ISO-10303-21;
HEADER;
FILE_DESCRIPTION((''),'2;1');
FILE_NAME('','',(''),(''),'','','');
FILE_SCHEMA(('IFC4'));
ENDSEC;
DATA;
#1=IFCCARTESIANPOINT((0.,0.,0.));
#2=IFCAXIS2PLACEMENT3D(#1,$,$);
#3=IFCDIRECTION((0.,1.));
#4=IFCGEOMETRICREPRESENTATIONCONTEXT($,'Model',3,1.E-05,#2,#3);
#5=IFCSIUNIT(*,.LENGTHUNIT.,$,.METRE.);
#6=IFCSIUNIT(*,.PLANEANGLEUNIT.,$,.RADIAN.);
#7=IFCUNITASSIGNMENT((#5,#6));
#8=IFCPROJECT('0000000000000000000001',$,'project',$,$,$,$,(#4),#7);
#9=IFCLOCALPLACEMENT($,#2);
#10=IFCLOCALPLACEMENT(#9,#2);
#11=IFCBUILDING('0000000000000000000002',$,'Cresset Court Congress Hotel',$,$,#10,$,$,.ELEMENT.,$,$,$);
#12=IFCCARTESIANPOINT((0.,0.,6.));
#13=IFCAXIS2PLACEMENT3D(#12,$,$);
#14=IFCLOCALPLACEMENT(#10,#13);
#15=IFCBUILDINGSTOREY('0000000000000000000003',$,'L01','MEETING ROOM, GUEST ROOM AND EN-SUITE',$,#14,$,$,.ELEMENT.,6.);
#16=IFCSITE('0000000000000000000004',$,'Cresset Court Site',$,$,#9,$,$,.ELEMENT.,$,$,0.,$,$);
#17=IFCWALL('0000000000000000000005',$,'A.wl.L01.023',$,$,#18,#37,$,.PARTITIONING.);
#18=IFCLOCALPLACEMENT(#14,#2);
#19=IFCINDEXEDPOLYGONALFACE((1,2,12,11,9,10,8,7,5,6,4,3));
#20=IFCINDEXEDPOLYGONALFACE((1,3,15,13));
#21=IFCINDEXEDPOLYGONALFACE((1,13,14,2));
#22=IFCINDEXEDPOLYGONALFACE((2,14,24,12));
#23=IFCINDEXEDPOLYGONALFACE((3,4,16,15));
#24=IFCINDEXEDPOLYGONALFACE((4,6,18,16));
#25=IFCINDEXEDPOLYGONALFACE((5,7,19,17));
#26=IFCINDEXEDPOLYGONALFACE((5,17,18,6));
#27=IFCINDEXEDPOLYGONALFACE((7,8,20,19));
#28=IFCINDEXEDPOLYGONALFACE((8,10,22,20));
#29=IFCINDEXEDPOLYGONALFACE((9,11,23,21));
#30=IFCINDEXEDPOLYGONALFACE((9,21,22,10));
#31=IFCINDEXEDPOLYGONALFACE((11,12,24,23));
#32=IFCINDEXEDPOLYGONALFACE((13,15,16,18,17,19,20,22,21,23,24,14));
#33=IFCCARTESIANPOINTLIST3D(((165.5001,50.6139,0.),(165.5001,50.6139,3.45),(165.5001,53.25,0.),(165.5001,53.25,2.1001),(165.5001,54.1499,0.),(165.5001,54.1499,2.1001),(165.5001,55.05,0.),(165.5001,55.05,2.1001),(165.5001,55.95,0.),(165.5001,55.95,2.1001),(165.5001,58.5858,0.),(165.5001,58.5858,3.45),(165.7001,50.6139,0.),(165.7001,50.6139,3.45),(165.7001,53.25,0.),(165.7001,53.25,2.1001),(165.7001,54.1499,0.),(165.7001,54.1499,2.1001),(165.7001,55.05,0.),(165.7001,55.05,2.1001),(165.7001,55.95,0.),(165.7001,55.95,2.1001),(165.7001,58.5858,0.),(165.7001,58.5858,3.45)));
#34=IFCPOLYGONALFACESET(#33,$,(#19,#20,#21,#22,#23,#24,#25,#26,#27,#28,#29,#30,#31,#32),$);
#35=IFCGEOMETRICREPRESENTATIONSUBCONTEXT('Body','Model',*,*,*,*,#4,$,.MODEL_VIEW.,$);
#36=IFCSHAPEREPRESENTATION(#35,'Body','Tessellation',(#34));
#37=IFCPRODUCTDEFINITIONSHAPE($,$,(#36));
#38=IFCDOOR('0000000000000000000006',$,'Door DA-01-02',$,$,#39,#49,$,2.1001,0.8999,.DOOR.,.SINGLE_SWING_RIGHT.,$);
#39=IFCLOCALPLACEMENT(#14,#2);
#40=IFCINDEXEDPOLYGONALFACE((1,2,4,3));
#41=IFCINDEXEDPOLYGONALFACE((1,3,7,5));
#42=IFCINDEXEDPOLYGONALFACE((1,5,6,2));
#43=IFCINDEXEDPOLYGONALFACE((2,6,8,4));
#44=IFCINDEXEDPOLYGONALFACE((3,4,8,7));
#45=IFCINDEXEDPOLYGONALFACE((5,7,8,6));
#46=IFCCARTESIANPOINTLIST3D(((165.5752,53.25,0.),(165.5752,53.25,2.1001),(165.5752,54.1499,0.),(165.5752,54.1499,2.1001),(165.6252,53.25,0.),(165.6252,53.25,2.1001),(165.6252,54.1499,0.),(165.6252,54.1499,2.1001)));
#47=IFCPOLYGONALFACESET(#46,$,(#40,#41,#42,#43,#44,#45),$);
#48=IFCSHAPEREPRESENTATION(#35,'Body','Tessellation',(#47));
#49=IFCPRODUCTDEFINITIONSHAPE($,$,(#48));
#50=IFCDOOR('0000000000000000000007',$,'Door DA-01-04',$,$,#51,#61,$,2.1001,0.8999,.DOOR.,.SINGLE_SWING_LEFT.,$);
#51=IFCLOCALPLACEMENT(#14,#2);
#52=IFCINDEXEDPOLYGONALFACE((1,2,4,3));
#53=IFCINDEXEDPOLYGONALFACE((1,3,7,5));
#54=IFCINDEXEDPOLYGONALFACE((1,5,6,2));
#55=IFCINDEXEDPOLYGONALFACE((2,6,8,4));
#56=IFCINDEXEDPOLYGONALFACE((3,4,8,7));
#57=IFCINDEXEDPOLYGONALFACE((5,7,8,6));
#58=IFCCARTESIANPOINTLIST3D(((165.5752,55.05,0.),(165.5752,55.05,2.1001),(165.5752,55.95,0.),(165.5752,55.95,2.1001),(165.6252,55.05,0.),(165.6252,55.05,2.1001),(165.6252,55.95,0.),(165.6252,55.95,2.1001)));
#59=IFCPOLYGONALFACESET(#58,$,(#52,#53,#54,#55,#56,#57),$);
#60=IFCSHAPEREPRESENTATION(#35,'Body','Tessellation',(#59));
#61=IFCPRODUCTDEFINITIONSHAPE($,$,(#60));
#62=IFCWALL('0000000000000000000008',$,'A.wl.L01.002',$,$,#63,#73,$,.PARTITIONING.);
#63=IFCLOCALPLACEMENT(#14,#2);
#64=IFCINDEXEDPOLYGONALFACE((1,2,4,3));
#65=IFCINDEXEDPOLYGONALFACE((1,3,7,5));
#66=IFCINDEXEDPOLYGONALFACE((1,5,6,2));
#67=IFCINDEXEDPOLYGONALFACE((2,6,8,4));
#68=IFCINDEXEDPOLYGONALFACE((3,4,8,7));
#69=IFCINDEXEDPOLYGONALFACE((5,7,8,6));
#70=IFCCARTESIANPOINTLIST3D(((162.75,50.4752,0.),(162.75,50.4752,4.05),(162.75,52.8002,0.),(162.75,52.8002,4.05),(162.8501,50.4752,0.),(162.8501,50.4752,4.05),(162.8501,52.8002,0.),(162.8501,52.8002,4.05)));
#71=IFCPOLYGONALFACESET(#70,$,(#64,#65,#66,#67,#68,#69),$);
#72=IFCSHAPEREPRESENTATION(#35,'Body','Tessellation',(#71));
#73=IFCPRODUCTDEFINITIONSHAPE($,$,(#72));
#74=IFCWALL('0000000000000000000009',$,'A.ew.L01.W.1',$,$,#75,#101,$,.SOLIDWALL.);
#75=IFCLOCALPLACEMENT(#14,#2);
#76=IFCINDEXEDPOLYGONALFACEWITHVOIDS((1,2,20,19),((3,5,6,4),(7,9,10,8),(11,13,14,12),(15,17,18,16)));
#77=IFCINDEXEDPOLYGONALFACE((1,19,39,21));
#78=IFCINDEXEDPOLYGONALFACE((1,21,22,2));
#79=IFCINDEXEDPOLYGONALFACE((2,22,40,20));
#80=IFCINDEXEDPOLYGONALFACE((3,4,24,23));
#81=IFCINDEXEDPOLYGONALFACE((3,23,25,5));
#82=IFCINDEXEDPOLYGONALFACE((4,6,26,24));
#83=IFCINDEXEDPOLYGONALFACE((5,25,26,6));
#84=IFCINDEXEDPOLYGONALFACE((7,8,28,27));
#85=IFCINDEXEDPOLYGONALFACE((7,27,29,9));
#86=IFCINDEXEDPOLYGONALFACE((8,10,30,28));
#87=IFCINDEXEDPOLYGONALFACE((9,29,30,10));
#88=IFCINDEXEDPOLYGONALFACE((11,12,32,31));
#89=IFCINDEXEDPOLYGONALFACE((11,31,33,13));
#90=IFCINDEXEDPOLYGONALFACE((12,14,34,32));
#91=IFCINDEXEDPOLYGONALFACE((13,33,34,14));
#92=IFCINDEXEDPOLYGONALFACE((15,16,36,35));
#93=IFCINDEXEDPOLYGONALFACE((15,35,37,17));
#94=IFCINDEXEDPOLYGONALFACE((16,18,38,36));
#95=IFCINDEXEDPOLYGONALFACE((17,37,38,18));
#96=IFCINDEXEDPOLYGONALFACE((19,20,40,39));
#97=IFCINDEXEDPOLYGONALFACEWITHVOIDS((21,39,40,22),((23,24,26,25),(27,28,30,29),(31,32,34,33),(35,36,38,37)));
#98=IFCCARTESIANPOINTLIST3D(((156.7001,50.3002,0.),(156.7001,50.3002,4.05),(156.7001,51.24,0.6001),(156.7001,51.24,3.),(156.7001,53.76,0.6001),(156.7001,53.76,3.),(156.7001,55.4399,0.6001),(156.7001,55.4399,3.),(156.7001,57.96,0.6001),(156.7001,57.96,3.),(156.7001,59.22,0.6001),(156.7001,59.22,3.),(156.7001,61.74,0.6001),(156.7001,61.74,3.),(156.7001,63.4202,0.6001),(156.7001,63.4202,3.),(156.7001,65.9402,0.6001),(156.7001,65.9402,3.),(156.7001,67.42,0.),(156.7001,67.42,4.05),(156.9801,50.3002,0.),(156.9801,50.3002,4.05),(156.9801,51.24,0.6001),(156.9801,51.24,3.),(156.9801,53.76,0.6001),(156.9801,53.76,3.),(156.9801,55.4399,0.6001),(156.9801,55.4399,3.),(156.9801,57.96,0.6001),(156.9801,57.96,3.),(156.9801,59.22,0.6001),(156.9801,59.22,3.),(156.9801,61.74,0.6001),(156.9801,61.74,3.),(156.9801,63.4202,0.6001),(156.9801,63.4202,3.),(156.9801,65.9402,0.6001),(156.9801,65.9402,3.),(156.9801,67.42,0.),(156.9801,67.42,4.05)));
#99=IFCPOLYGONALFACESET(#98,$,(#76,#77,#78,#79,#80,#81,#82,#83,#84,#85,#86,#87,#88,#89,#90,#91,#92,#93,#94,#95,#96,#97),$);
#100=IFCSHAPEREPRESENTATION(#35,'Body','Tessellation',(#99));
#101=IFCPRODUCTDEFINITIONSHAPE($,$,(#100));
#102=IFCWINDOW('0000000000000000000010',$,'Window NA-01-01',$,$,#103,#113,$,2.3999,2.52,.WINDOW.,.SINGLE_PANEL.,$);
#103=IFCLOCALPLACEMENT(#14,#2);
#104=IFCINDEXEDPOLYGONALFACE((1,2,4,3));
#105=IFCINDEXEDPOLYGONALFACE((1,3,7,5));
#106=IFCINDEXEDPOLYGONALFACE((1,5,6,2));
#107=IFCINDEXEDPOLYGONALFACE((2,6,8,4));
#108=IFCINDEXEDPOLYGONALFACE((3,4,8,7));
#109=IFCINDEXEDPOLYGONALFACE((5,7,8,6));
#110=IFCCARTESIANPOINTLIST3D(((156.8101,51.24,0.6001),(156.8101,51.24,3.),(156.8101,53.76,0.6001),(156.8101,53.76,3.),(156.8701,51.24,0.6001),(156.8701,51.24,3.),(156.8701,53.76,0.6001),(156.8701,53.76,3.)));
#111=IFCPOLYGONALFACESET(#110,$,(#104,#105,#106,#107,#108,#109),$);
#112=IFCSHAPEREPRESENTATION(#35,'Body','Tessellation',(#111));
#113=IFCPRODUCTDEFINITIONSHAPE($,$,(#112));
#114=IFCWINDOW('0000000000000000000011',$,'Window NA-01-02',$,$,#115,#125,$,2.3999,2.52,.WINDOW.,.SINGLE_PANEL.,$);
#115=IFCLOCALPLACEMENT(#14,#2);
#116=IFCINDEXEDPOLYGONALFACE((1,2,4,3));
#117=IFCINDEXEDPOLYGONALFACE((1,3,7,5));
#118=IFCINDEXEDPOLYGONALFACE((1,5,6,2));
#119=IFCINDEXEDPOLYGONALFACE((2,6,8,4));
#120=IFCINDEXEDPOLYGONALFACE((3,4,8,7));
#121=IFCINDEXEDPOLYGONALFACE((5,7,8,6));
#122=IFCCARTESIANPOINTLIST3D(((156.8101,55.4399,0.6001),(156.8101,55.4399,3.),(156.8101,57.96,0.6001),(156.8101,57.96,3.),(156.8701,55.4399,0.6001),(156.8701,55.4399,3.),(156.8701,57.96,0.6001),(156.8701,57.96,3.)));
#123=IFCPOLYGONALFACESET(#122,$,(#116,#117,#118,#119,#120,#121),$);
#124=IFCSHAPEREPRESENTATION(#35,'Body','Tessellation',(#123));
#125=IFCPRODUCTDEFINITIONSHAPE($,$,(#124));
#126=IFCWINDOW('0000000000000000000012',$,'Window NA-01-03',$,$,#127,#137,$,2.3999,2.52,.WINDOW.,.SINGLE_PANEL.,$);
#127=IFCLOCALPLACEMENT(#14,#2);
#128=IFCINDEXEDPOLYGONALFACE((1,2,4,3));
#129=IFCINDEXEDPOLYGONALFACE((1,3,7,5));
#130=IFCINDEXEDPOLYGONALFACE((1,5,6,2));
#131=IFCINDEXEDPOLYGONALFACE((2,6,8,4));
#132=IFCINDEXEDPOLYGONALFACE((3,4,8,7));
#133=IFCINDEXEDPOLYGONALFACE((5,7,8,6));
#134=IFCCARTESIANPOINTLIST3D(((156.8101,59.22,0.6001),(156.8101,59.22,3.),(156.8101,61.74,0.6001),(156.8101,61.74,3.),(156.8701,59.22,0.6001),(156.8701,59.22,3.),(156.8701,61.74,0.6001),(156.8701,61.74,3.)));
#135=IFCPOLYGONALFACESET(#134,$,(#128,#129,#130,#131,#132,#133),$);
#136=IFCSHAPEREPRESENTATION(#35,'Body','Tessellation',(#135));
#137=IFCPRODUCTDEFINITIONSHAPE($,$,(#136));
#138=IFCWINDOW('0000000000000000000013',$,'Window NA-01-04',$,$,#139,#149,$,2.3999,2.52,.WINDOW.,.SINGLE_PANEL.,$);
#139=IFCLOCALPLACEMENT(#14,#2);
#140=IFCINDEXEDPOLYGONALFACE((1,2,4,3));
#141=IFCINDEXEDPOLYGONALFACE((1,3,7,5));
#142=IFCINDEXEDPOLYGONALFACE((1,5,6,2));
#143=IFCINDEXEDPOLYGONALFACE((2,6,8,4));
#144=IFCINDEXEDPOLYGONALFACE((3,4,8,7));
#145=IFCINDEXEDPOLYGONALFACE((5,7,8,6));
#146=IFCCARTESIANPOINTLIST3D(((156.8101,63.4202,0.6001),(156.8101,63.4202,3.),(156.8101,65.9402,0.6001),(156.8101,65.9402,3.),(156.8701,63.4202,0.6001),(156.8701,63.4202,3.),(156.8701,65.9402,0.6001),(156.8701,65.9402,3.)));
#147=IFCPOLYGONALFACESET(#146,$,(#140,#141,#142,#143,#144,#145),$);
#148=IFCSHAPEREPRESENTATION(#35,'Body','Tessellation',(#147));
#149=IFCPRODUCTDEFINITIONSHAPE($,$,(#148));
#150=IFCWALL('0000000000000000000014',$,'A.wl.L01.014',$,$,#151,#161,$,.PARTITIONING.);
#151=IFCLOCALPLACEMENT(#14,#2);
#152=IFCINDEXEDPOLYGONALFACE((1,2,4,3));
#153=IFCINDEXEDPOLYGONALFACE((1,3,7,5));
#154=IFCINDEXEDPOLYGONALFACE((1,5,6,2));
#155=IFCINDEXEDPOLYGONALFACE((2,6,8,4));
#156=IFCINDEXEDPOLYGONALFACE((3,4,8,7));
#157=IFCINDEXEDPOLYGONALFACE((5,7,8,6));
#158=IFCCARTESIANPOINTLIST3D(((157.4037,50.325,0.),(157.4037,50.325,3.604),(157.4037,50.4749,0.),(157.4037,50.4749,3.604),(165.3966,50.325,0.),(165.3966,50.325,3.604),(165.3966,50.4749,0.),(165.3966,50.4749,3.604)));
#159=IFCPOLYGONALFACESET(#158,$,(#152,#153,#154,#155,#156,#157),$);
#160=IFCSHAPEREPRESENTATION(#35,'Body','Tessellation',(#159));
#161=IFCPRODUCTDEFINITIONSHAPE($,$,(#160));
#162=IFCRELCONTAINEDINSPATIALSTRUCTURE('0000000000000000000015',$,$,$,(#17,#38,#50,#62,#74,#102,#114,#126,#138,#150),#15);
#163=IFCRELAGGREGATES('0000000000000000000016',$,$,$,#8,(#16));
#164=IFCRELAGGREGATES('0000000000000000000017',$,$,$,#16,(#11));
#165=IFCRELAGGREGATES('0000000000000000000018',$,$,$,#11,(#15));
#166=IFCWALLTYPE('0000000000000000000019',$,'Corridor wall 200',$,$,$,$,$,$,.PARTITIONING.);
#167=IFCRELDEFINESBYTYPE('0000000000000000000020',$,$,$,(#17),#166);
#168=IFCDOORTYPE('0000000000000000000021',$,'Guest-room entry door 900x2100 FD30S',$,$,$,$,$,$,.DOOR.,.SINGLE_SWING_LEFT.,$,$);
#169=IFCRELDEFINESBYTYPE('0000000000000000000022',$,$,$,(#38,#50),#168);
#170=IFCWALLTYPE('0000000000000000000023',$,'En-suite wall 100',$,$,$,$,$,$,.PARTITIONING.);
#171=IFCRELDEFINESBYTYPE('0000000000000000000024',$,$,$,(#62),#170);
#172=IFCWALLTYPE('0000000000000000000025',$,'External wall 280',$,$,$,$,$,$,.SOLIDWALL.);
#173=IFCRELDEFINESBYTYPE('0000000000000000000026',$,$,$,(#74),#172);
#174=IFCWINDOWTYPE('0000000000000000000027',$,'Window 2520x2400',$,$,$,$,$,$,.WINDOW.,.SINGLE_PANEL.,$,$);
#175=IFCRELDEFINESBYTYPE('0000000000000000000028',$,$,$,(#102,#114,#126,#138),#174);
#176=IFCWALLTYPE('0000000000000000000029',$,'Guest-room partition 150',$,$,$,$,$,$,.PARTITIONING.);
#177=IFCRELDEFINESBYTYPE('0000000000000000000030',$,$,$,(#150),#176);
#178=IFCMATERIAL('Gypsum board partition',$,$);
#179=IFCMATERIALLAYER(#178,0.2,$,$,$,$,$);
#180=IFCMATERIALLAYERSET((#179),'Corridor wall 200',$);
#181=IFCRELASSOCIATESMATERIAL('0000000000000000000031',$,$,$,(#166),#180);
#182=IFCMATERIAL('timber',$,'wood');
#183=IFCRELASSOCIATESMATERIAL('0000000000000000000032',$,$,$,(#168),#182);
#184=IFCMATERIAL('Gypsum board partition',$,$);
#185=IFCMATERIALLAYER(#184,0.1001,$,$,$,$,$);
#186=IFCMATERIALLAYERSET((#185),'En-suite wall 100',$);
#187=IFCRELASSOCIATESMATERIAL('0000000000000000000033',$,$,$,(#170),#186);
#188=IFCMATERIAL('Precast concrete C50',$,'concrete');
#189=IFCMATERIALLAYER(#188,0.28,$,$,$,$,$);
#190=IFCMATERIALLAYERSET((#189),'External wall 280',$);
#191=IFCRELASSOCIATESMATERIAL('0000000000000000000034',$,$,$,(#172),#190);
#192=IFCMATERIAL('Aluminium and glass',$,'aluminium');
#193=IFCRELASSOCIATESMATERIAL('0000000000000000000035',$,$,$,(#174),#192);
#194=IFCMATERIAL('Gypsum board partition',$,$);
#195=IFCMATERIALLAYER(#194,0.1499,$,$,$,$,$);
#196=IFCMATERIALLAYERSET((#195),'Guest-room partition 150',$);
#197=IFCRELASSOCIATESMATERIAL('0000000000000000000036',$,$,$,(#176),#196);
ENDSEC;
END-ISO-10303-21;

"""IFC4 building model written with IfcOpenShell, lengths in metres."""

from ifc_helpers import new_model, si_unit, direction, frame, frame_2d, origin, place, context, subcontext, project, spatial, rectangle, extrude, material, layer, layer_set, type_object, element, fill, save


model = new_model("IFC4")

# Units and contexts
model_context = context("Model", 3, precision=1e-05, world=origin(), true_north=direction((0.0, 1.0)))
body_context = subcontext(model_context, "Body", "Model", "MODEL_VIEW")
ifc_project = project(units=[si_unit("LENGTHUNIT", "METRE"), si_unit("PLANEANGLEUNIT", "RADIAN")], contexts=[model_context])

# Site, building, storey
site_placement = place(None, origin())
site = spatial("IfcSite", under=ifc_project, at=site_placement, Name="Cresset Court Site", CompositionType="ELEMENT", RefElevation=0.0)
building_placement = place(site_placement, origin())
building = spatial("IfcBuilding", under=site, at=building_placement, Name="Cresset Court Congress Hotel", CompositionType="ELEMENT")
storey_placement = place(building_placement, frame((0.0, 0.0, 6.0)))
storey = spatial("IfcBuildingStorey", under=building, at=storey_placement, Name="L01", Description="MEETING ROOM, GUEST ROOM AND EN-SUITE", CompositionType="ELEMENT", Elevation=6.0)

# Wall, openings, doors
ifc_material_1 = material(Name="Gypsum board partition")
ifc_layer_1 = layer(ifc_material_1, 0.2)
ifc_layer_set_1 = layer_set([ifc_layer_1], Name="Corridor wall 200")
wall_type_1 = type_object("IfcWallType", Name="Corridor wall 200", PredefinedType="PARTITIONING", material=ifc_layer_set_1)
wall_1_placement = place(storey_placement, frame((165.6001, 50.614, 0.0), z_axis=(0.0, 0.0, 1.0), x_axis=(0.0, 1.0, 0.0)))
wall_1 = element("IfcWall", 1, at=wall_1_placement, inside=storey, type_object=wall_type_1, Name="A.wl.L01.023", PredefinedType="PARTITIONING", context=body_context, shape_type="SweptSolid", body=[
    extrude(rectangle(XDim=7.9719, YDim=0.2, at=frame_2d((3.9858, 0.0))), origin(), (0.0, 0.0, 1.0), 3.45),
])
opening_1_placement = place(wall_1_placement, frame((2.636, 0.0, 0.0)))
opening_1 = element("IfcOpeningElement", 2, at=opening_1_placement, cuts=wall_1, PredefinedType="OPENING", context=body_context, shape_type="SweptSolid", body=[
    extrude(rectangle(XDim=0.8999, YDim=2.1001, at=frame_2d((0.45, 1.05))), frame((0.0, 0.1099, 0.0), z_axis=(0.0, -1.0, 0.0), x_axis=(1.0, 0.0, 0.0)), (0.0, 0.0, 1.0), 0.22),
])
opening_2_placement = place(wall_1_placement, frame((4.436, 0.0, 0.0)))
opening_2 = element("IfcOpeningElement", 3, at=opening_2_placement, cuts=wall_1, PredefinedType="OPENING", context=body_context, shape_type="SweptSolid", body=[
    extrude(rectangle(XDim=0.8999, YDim=2.1001, at=frame_2d((0.45, 1.05))), frame((0.0, 0.1099, 0.0), z_axis=(0.0, -1.0, 0.0), x_axis=(1.0, 0.0, 0.0)), (0.0, 0.0, 1.0), 0.22),
])
ifc_material_2 = material(Name="timber", Category="wood")
door_type = type_object("IfcDoorType", Name="Guest-room entry door 900x2100 FD30S", OperationType="SINGLE_SWING_LEFT", PredefinedType="DOOR", material=ifc_material_2)
door_1_placement = place(opening_1_placement, origin())
door_1 = element("IfcDoor", 4, at=door_1_placement, inside=storey, type_object=door_type, Name="Door DA-01-02", OperationType="SINGLE_SWING_RIGHT", OverallHeight=2.1001, OverallWidth=0.8999, PredefinedType="DOOR", context=body_context, shape_type="SweptSolid", body=[
    extrude(rectangle(XDim=0.8999, YDim=2.1001, at=frame_2d((0.45, 1.05))), frame((0.0, 0.0249, 0.0), z_axis=(0.0, -1.0, 0.0), x_axis=(1.0, 0.0, 0.0)), (0.0, 0.0, 1.0), 0.05),
])
fill(opening_1, door_1)
door_2_placement = place(opening_2_placement, origin())
door_2 = element("IfcDoor", 5, at=door_2_placement, inside=storey, type_object=door_type, Name="Door DA-01-04", OperationType="SINGLE_SWING_LEFT", OverallHeight=2.1001, OverallWidth=0.8999, PredefinedType="DOOR", context=body_context, shape_type="SweptSolid", body=[
    extrude(rectangle(XDim=0.8999, YDim=2.1001, at=frame_2d((0.45, 1.05))), frame((0.0, 0.0249, 0.0), z_axis=(0.0, -1.0, 0.0), x_axis=(1.0, 0.0, 0.0)), (0.0, 0.0, 1.0), 0.05),
])
fill(opening_2, door_2)

# Wall
ifc_material_3 = material(Name="Gypsum board partition")
ifc_layer_2 = layer(ifc_material_3, 0.1001)
ifc_layer_set_2 = layer_set([ifc_layer_2], Name="En-suite wall 100")
wall_type_2 = type_object("IfcWallType", Name="En-suite wall 100", PredefinedType="PARTITIONING", material=ifc_layer_set_2)
wall_2_placement = place(storey_placement, frame((162.8, 50.4751, 0.0), z_axis=(0.0, 0.0, 1.0), x_axis=(0.0, 1.0, 0.0)))
element("IfcWall", 6, at=wall_2_placement, inside=storey, type_object=wall_type_2, Name="A.wl.L01.002", PredefinedType="PARTITIONING", context=body_context, shape_type="SweptSolid", body=[
    extrude(rectangle(XDim=2.325, YDim=0.1001, at=frame_2d((1.1626, 0.0))), origin(), (0.0, 0.0, 1.0), 4.05),
])

# Wall, openings, windows
ifc_material_4 = material(Name="Precast concrete C50", Category="concrete")
ifc_layer_3 = layer(ifc_material_4, 0.28)
ifc_layer_set_3 = layer_set([ifc_layer_3], Name="External wall 280")
wall_type_3 = type_object("IfcWallType", Name="External wall 280", PredefinedType="SOLIDWALL", material=ifc_layer_set_3)
wall_3_placement = place(storey_placement, frame((156.8401, 50.3, 0.0), z_axis=(0.0, 0.0, 1.0), x_axis=(0.0, 1.0, 0.0)))
wall_3 = element("IfcWall", 7, at=wall_3_placement, inside=storey, type_object=wall_type_3, Name="A.ew.L01.W.1", PredefinedType="SOLIDWALL", context=body_context, shape_type="SweptSolid", body=[
    extrude(rectangle(XDim=17.1199, YDim=0.28, at=frame_2d((8.5601, 0.0))), origin(), (0.0, 0.0, 1.0), 4.05),
])
opening_3_placement = place(wall_3_placement, frame((0.9399, 0.0, 0.6001)))
opening_3 = element("IfcOpeningElement", 8, at=opening_3_placement, cuts=wall_3, PredefinedType="OPENING", context=body_context, shape_type="SweptSolid", body=[
    extrude(rectangle(XDim=2.52, YDim=2.3999, at=frame_2d((1.26, 1.2))), frame((0.0, 0.1499, 0.0), z_axis=(0.0, -1.0, 0.0), x_axis=(1.0, 0.0, 0.0)), (0.0, 0.0, 1.0), 0.3),
])
opening_4_placement = place(wall_3_placement, frame((5.1399, 0.0, 0.6001)))
opening_4 = element("IfcOpeningElement", 9, at=opening_4_placement, cuts=wall_3, PredefinedType="OPENING", context=body_context, shape_type="SweptSolid", body=[
    extrude(rectangle(XDim=2.52, YDim=2.3999, at=frame_2d((1.26, 1.2))), frame((0.0, 0.1499, 0.0), z_axis=(0.0, -1.0, 0.0), x_axis=(1.0, 0.0, 0.0)), (0.0, 0.0, 1.0), 0.3),
])
opening_5_placement = place(wall_3_placement, frame((8.9199, 0.0, 0.6001)))
opening_5 = element("IfcOpeningElement", 10, at=opening_5_placement, cuts=wall_3, PredefinedType="OPENING", context=body_context, shape_type="SweptSolid", body=[
    extrude(rectangle(XDim=2.52, YDim=2.3999, at=frame_2d((1.26, 1.2))), frame((0.0, 0.1499, 0.0), z_axis=(0.0, -1.0, 0.0), x_axis=(1.0, 0.0, 0.0)), (0.0, 0.0, 1.0), 0.3),
])
opening_6_placement = place(wall_3_placement, frame((13.1201, 0.0, 0.6001)))
opening_6 = element("IfcOpeningElement", 11, at=opening_6_placement, cuts=wall_3, PredefinedType="OPENING", context=body_context, shape_type="SweptSolid", body=[
    extrude(rectangle(XDim=2.52, YDim=2.3999, at=frame_2d((1.26, 1.2))), frame((0.0, 0.1499, 0.0), z_axis=(0.0, -1.0, 0.0), x_axis=(1.0, 0.0, 0.0)), (0.0, 0.0, 1.0), 0.3),
])
ifc_material_5 = material(Name="Aluminium and glass", Category="aluminium")
window_type = type_object("IfcWindowType", Name="Window 2520x2400", PartitioningType="SINGLE_PANEL", PredefinedType="WINDOW", material=ifc_material_5)
window_1_placement = place(opening_3_placement, origin())
window_1 = element("IfcWindow", 12, at=window_1_placement, inside=storey, type_object=window_type, Name="Window NA-01-01", OverallHeight=2.3999, OverallWidth=2.52, PartitioningType="SINGLE_PANEL", PredefinedType="WINDOW", context=body_context, shape_type="SweptSolid", body=[
    extrude(rectangle(XDim=2.52, YDim=2.3999, at=frame_2d((1.26, 1.2))), frame((0.0, 0.03, 0.0), z_axis=(0.0, -1.0, 0.0), x_axis=(1.0, 0.0, 0.0)), (0.0, 0.0, 1.0), 0.0601),
])
fill(opening_3, window_1)
window_2_placement = place(opening_4_placement, origin())
window_2 = element("IfcWindow", 13, at=window_2_placement, inside=storey, type_object=window_type, Name="Window NA-01-02", OverallHeight=2.3999, OverallWidth=2.52, PartitioningType="SINGLE_PANEL", PredefinedType="WINDOW", context=body_context, shape_type="SweptSolid", body=[
    extrude(rectangle(XDim=2.52, YDim=2.3999, at=frame_2d((1.26, 1.2))), frame((0.0, 0.03, 0.0), z_axis=(0.0, -1.0, 0.0), x_axis=(1.0, 0.0, 0.0)), (0.0, 0.0, 1.0), 0.0601),
])
fill(opening_4, window_2)
window_3_placement = place(opening_5_placement, origin())
window_3 = element("IfcWindow", 14, at=window_3_placement, inside=storey, type_object=window_type, Name="Window NA-01-03", OverallHeight=2.3999, OverallWidth=2.52, PartitioningType="SINGLE_PANEL", PredefinedType="WINDOW", context=body_context, shape_type="SweptSolid", body=[
    extrude(rectangle(XDim=2.52, YDim=2.3999, at=frame_2d((1.26, 1.2))), frame((0.0, 0.03, 0.0), z_axis=(0.0, -1.0, 0.0), x_axis=(1.0, 0.0, 0.0)), (0.0, 0.0, 1.0), 0.0601),
])
fill(opening_5, window_3)
window_4_placement = place(opening_6_placement, origin())
window_4 = element("IfcWindow", 15, at=window_4_placement, inside=storey, type_object=window_type, Name="Window NA-01-04", OverallHeight=2.3999, OverallWidth=2.52, PartitioningType="SINGLE_PANEL", PredefinedType="WINDOW", context=body_context, shape_type="SweptSolid", body=[
    extrude(rectangle(XDim=2.52, YDim=2.3999, at=frame_2d((1.26, 1.2))), frame((0.0, 0.03, 0.0), z_axis=(0.0, -1.0, 0.0), x_axis=(1.0, 0.0, 0.0)), (0.0, 0.0, 1.0), 0.0601),
])
fill(opening_6, window_4)

# Wall
ifc_material_6 = material(Name="Gypsum board partition")
ifc_layer_4 = layer(ifc_material_6, 0.1499)
ifc_layer_set_4 = layer_set([ifc_layer_4], Name="Guest-room partition 150")
wall_type_4 = type_object("IfcWallType", Name="Guest-room partition 150", PredefinedType="PARTITIONING", material=ifc_layer_set_4)
for number, where, z_axis, x_axis, name in (
    (16, (157.4036, 50.3999, 0.0), (0.0, 0.0, 1.0), (1.0, 0.0, 0.0), "A.wl.L01.014"),
):
    element("IfcWall", number, at=place(storey_placement, frame(where, z_axis=z_axis, x_axis=x_axis)), inside=storey, type_object=wall_type_4, Name=name, PredefinedType="PARTITIONING", context=body_context, shape_type="SweptSolid", body=[
        extrude(rectangle(XDim=7.9929, YDim=0.1499, at=frame_2d((3.9966, 0.0))), origin(), (0.0, 0.0, 1.0), 3.604),
    ])

save(model, "model.ifc")
